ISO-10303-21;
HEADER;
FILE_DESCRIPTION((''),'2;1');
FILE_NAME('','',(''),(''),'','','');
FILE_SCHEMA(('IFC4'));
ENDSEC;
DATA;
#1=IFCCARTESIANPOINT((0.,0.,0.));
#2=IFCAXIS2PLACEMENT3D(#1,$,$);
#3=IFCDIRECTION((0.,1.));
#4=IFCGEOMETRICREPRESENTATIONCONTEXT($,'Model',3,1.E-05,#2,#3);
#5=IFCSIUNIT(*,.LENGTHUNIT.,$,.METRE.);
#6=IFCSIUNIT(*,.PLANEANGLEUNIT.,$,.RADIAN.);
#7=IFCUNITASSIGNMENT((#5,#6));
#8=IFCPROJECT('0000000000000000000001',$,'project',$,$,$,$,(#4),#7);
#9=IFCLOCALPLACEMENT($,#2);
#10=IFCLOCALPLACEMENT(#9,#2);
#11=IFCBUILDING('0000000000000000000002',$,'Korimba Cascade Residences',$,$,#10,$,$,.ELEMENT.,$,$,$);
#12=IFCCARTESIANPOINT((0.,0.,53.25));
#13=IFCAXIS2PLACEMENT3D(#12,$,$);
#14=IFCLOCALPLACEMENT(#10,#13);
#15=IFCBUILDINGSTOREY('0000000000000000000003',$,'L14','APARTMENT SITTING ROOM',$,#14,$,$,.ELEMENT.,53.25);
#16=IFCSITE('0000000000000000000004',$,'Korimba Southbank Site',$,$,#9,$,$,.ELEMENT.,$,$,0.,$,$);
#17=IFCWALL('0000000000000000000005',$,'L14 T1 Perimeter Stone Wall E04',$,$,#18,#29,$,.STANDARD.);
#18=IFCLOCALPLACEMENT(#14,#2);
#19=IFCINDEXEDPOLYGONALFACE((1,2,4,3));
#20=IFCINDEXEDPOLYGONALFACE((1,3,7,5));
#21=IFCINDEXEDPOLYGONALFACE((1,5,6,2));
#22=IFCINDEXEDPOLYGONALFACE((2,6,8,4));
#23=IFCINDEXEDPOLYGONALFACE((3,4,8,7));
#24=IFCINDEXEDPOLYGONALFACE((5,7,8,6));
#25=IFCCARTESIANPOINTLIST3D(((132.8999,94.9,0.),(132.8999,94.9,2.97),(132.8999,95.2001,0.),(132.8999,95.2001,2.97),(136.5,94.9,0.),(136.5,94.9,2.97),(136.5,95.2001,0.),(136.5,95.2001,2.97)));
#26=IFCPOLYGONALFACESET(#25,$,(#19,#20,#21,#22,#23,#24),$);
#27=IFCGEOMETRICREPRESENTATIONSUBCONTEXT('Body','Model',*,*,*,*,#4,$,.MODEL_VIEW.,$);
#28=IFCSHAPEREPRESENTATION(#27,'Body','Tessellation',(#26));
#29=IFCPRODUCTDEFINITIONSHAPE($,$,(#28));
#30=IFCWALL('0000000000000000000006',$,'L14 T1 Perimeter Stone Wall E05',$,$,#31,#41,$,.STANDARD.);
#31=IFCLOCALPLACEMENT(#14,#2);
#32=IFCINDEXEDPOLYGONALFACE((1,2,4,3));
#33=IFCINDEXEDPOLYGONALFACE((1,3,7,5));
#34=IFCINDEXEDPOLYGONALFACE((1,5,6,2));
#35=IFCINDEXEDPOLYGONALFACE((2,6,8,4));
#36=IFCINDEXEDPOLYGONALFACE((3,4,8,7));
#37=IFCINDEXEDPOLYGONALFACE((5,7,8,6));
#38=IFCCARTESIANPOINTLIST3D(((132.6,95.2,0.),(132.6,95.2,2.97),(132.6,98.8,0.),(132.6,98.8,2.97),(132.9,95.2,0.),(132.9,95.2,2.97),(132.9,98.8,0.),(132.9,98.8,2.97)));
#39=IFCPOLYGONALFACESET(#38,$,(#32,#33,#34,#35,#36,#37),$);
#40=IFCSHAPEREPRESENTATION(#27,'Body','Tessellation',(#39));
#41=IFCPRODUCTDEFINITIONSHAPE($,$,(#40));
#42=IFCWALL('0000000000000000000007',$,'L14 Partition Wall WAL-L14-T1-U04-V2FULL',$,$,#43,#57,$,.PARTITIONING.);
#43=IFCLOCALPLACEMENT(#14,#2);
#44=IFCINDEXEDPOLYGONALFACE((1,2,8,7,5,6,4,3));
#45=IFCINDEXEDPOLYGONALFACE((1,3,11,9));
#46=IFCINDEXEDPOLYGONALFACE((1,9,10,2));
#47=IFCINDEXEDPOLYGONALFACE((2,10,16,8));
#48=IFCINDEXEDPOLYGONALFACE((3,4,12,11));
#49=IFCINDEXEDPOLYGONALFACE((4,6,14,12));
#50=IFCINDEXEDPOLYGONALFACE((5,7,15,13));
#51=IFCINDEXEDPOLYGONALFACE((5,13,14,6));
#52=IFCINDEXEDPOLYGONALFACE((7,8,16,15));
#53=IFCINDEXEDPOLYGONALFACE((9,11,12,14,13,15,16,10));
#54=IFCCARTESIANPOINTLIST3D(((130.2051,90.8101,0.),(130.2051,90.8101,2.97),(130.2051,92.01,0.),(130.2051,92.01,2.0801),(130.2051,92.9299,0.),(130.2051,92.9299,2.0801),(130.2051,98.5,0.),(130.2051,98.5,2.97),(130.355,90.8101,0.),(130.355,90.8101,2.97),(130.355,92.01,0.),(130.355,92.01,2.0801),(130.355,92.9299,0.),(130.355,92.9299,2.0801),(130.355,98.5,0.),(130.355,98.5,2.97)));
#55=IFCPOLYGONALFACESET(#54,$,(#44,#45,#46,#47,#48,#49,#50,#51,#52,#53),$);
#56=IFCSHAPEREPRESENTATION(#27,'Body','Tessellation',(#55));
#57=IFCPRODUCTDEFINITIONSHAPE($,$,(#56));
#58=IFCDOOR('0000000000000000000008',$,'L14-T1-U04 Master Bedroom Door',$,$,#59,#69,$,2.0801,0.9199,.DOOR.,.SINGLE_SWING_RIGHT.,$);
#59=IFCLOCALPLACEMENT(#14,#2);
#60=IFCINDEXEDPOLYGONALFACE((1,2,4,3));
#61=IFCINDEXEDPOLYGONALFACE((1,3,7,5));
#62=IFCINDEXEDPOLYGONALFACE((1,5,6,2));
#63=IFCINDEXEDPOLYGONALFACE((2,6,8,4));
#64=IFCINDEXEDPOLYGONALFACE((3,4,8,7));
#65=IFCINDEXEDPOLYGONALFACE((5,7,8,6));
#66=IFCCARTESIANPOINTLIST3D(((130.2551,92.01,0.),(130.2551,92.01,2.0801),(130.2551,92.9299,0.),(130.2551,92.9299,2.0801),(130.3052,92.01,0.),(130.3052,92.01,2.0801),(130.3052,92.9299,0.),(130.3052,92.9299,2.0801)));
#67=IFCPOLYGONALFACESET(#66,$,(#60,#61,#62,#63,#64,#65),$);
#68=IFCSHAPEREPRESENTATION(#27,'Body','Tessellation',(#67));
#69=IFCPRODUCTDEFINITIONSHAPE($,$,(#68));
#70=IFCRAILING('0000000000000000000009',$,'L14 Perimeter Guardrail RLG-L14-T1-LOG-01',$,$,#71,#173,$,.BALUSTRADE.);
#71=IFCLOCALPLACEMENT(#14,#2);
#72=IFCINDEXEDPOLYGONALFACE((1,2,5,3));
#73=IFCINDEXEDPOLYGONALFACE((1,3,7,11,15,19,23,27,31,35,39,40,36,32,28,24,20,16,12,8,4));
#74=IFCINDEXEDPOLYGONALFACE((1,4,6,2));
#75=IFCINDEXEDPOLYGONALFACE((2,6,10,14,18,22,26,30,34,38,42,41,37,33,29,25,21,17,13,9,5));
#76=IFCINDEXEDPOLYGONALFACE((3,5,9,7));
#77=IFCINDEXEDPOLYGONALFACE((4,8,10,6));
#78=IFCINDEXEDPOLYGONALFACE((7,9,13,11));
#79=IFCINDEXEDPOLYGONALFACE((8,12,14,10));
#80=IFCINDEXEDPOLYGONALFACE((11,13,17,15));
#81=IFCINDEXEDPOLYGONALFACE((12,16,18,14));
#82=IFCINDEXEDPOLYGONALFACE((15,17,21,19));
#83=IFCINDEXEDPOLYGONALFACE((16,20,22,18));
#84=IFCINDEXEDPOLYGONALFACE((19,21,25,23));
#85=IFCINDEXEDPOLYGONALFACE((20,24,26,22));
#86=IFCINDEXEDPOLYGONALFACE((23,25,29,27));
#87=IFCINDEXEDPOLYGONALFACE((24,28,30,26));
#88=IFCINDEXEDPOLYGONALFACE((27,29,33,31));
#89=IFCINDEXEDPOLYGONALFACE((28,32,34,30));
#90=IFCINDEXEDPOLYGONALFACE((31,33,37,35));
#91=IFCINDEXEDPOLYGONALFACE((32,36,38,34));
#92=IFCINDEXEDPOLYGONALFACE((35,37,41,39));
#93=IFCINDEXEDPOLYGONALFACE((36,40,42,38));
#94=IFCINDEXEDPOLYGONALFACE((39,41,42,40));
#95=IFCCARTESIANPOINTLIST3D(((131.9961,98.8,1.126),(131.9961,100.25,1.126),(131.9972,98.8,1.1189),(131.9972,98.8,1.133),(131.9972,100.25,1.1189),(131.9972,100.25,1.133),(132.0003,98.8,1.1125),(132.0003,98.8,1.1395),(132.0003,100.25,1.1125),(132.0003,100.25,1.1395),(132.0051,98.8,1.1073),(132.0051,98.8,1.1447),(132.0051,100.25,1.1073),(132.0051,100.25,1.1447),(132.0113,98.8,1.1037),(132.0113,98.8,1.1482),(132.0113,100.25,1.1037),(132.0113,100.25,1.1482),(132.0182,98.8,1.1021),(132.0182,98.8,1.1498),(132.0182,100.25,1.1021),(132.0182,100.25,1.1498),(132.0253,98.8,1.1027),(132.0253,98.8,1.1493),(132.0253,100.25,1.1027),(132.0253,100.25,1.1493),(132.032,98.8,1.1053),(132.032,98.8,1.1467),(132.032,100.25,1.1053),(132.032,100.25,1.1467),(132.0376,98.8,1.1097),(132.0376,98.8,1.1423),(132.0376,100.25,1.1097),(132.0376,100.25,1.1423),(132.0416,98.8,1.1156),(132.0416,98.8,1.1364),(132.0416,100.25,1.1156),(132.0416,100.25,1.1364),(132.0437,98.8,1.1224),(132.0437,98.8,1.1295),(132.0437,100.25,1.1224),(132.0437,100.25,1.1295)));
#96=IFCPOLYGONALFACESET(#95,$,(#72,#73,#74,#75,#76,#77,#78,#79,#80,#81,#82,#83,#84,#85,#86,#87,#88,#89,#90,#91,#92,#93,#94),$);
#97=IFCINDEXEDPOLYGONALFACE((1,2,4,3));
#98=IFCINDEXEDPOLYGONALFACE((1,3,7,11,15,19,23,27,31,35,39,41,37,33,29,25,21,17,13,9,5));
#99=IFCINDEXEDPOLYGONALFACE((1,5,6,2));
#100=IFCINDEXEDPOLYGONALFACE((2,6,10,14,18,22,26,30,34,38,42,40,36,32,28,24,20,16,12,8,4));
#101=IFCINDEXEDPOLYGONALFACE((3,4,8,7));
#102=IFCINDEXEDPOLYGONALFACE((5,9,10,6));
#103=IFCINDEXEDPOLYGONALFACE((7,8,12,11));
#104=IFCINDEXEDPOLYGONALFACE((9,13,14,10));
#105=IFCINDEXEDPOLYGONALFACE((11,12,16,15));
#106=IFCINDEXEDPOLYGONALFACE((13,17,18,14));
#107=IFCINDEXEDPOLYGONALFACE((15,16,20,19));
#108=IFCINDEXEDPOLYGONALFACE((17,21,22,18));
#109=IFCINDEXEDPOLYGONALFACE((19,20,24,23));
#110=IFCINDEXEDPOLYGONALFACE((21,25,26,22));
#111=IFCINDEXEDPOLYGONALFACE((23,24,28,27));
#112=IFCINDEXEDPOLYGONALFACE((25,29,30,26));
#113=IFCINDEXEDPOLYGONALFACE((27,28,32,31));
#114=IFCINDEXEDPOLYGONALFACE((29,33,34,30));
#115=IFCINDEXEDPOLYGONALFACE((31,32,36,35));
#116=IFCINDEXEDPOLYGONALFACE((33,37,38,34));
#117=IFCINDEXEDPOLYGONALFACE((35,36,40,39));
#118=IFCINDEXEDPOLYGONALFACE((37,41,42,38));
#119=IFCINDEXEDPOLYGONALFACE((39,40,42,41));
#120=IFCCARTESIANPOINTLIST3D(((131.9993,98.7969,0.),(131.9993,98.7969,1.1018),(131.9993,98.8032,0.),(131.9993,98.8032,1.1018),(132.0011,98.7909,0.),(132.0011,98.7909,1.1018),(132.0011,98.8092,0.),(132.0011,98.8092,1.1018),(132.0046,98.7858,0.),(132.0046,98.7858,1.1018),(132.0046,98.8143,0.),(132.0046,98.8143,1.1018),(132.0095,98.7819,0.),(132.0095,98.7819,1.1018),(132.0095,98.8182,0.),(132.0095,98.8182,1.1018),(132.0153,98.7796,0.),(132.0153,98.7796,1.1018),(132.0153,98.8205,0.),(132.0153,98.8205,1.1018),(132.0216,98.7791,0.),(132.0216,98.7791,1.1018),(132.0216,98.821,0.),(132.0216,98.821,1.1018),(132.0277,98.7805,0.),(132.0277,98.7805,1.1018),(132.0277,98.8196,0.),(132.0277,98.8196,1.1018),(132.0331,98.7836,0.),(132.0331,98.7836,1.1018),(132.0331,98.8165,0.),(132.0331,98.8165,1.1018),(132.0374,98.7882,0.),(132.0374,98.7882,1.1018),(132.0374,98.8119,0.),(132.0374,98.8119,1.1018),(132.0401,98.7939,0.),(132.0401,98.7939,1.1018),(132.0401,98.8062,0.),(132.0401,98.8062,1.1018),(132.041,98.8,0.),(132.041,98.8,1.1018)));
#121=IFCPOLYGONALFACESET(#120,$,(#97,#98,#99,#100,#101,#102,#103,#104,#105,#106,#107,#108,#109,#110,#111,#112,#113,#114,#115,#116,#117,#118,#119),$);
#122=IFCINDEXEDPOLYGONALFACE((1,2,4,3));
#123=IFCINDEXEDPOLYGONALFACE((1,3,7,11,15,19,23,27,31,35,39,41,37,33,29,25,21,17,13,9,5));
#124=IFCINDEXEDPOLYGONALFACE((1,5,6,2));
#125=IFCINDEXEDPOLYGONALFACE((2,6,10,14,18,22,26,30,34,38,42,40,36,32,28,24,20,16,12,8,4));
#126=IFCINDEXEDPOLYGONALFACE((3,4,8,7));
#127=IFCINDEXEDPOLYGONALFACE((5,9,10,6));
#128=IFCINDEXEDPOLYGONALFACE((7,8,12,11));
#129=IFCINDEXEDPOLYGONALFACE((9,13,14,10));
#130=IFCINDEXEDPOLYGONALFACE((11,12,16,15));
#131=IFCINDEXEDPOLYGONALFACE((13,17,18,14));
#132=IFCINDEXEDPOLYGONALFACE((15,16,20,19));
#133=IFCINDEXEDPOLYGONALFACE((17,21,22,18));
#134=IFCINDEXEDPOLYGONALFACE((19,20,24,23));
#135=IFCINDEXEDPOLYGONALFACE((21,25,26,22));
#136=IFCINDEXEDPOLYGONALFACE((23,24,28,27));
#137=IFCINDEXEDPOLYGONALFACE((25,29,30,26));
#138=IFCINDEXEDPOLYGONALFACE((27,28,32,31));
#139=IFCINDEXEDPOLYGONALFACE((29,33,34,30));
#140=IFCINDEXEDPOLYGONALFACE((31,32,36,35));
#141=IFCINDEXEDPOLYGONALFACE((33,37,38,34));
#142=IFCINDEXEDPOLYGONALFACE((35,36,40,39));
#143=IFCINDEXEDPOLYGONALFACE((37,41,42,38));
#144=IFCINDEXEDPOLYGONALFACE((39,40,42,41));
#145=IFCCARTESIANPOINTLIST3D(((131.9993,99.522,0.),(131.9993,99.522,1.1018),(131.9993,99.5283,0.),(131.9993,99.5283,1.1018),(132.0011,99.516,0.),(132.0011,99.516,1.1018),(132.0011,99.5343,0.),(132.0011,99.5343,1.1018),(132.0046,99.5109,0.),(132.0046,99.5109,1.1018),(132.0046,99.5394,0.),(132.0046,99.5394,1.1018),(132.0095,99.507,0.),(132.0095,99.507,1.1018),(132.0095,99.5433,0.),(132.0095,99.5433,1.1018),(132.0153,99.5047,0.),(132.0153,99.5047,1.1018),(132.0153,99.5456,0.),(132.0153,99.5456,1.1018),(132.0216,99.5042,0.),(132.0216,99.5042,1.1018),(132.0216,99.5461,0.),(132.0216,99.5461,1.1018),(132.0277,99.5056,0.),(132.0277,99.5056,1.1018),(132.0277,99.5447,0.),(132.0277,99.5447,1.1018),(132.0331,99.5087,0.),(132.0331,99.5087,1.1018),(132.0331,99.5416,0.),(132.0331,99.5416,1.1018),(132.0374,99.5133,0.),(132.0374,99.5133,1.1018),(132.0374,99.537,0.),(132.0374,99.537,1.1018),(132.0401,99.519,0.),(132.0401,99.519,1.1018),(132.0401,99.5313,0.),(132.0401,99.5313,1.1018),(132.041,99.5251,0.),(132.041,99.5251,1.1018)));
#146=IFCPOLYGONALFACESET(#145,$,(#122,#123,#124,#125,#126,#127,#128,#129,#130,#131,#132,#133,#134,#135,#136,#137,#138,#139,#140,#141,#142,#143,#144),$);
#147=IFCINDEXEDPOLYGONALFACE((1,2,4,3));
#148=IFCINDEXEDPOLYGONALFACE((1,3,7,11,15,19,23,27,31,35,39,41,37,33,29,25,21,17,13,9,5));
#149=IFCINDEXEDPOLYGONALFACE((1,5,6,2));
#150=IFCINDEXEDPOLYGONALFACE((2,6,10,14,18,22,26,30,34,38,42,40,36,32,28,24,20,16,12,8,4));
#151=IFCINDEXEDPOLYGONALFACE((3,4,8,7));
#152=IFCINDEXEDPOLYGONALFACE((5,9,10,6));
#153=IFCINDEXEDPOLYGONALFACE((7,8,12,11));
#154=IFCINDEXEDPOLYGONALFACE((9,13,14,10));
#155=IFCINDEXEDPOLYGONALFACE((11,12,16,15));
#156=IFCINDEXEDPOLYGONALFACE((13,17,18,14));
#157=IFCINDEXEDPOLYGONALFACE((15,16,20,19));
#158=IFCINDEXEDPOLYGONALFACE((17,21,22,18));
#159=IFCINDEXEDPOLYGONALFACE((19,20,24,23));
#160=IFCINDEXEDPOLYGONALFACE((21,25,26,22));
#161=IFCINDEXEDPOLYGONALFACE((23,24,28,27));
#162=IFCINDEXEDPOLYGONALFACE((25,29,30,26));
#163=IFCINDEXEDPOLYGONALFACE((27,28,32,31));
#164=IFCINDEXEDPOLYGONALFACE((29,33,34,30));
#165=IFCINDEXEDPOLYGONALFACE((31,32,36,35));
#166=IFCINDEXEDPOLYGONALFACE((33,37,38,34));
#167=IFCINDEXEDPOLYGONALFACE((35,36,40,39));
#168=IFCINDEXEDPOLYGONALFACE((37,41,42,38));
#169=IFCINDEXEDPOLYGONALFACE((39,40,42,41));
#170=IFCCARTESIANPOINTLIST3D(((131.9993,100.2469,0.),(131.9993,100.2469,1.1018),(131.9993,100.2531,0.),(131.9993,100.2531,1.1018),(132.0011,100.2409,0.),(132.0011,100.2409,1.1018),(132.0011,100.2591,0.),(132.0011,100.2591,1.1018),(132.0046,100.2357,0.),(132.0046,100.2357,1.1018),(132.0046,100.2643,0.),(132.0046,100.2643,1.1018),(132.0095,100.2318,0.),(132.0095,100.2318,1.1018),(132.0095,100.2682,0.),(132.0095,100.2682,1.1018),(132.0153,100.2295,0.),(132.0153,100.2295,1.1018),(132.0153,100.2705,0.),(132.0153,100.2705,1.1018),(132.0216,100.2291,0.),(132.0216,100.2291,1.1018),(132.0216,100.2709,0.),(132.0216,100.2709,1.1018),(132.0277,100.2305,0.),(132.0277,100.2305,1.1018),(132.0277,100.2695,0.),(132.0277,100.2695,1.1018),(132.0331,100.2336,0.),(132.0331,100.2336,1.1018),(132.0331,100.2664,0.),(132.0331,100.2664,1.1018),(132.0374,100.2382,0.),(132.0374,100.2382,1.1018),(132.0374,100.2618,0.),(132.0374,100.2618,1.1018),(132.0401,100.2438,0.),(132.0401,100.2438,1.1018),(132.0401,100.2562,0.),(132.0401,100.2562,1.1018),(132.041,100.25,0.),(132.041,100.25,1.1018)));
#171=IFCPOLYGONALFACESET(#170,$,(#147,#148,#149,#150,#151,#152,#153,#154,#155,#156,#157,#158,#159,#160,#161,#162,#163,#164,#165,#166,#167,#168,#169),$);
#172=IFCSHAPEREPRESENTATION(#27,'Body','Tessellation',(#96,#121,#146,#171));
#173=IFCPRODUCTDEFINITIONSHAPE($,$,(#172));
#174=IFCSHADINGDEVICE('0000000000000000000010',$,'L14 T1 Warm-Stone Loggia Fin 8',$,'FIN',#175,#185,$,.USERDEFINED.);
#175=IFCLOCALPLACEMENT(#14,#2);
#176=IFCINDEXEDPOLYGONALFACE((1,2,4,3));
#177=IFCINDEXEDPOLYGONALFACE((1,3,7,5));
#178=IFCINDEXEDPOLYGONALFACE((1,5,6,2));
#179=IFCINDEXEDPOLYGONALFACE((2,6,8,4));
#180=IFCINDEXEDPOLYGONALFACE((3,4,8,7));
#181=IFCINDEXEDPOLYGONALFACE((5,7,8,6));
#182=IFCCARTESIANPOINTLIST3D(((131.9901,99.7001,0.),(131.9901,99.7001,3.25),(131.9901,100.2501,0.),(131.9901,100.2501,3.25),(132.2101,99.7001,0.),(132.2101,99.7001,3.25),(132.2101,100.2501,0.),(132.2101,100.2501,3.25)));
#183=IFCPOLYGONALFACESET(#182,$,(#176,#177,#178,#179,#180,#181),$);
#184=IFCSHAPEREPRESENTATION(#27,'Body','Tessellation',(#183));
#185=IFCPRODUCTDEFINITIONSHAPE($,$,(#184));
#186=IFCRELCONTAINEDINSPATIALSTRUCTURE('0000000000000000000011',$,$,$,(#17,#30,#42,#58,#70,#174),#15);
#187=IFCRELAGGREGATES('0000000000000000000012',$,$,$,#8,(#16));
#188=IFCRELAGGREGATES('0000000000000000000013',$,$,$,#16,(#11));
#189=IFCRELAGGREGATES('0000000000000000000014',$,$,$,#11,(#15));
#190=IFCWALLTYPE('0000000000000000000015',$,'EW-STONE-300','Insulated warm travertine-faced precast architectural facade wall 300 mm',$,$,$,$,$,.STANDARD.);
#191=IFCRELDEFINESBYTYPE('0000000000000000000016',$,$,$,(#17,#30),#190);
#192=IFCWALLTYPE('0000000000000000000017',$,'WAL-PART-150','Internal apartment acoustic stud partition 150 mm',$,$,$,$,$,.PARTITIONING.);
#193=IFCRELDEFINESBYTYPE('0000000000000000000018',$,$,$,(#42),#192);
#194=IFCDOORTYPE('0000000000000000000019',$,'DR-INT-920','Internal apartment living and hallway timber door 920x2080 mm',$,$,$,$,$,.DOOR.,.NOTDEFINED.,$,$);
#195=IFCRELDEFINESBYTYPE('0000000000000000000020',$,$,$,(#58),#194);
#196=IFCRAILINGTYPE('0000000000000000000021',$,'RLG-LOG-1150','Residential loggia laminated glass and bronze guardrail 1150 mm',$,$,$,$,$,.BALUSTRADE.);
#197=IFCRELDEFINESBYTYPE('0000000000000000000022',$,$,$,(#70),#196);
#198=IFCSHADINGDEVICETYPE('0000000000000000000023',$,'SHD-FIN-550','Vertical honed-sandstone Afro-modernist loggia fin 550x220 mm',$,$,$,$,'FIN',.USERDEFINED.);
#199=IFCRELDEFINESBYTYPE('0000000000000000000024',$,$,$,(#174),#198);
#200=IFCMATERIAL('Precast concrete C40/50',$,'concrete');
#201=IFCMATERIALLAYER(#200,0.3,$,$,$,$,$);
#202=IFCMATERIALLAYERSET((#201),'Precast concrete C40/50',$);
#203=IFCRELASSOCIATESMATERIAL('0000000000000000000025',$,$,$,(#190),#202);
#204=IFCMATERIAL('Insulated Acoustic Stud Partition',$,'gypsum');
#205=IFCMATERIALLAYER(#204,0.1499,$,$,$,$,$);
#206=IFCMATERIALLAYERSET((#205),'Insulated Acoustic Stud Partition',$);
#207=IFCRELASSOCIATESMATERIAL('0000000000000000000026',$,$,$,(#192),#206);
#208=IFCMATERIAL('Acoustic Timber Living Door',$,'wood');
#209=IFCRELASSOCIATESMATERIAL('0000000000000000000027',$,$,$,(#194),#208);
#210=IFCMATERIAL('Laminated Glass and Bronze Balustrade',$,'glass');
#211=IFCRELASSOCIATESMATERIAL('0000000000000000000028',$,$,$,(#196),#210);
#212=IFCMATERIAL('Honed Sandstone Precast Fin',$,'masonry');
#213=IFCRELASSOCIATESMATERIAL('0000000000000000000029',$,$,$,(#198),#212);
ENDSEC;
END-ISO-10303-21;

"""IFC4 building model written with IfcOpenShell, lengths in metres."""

from ifc_helpers import new_model, si_unit, direction, frame, frame_2d, origin, origin_2d, place, context, subcontext, project, spatial, rectangle, circle, extrude, material, layer, layer_set, type_object, element, fill, save


model = new_model("IFC4")

# Units and contexts
model_context = context("Model", 3, precision=1e-05, world=origin(), true_north=direction((0.0, 1.0)))
body_context = subcontext(model_context, "Body", "Model", "MODEL_VIEW")
ifc_project = project(units=[si_unit("LENGTHUNIT", "METRE"), si_unit("PLANEANGLEUNIT", "RADIAN")], contexts=[model_context])

# Site, building, storey
site_placement = place(None, origin())
site = spatial("IfcSite", under=ifc_project, at=site_placement, Name="Korimba Southbank Site", CompositionType="ELEMENT", RefElevation=0.0)
building_placement = place(site_placement, origin())
building = spatial("IfcBuilding", under=site, at=building_placement, Name="Korimba Cascade Residences", CompositionType="ELEMENT")
storey_placement = place(building_placement, frame((0.0, 0.0, 53.25)))
storey = spatial("IfcBuildingStorey", under=building, at=storey_placement, Name="L14", Description="APARTMENT SITTING ROOM", CompositionType="ELEMENT", Elevation=53.25)

# Shared definitions
ifc_material_1 = material(Name="Precast concrete C40/50", Category="concrete")

# Walls
ifc_layer_1 = layer(ifc_material_1, 0.3)
ifc_layer_set_1 = layer_set([ifc_layer_1], Name="Precast concrete C40/50")
wall_type_1 = type_object("IfcWallType", Name="EW-STONE-300", Description="Insulated warm travertine-faced precast architectural facade wall 300 mm", PredefinedType="STANDARD", material=ifc_layer_set_1)
for number, where, z_axis, x_axis, name in (
    (1, (136.5, 95.05, 0.0), (0.0, 0.0, 1.0), (-1.0, 0.0, 0.0), "L14 T1 Perimeter Stone Wall E04"),
    (2, (132.75, 95.2, 0.0), (0.0, 0.0, 1.0), (0.0, 1.0, 0.0), "L14 T1 Perimeter Stone Wall E05"),
):
    element("IfcWall", number, at=place(storey_placement, frame(where, z_axis=z_axis, x_axis=x_axis)), inside=storey, type_object=wall_type_1, Name=name, PredefinedType="STANDARD", context=body_context, shape_type="SweptSolid", body=[
        extrude(rectangle(XDim=3.6001, YDim=0.3, at=frame_2d((1.8, 0.0))), origin(), (0.0, 0.0, 1.0), 2.97),
    ])

# Wall, opening, door
ifc_material_2 = material(Name="Insulated Acoustic Stud Partition", Category="gypsum")
ifc_layer_2 = layer(ifc_material_2, 0.1499)
ifc_layer_set_2 = layer_set([ifc_layer_2], Name="Insulated Acoustic Stud Partition")
wall_type_2 = type_object("IfcWallType", Name="WAL-PART-150", Description="Internal apartment acoustic stud partition 150 mm", PredefinedType="PARTITIONING", material=ifc_layer_set_2)
wall_1_placement = place(storey_placement, frame((130.28, 90.8101, 0.0), z_axis=(0.0, 0.0, 1.0), x_axis=(0.0, 1.0, 0.0)))
wall_1 = element("IfcWall", 3, at=wall_1_placement, inside=storey, type_object=wall_type_2, Name="L14 Partition Wall WAL-L14-T1-U04-V2FULL", PredefinedType="PARTITIONING", context=body_context, shape_type="SweptSolid", body=[
    extrude(rectangle(XDim=7.6899, YDim=0.1499, at=frame_2d((3.845, 0.0))), origin(), (0.0, 0.0, 1.0), 2.97),
])
opening_1_placement = place(wall_1_placement, frame((1.2, 0.0, 0.0)))
opening_1 = element("IfcOpeningElement", 4, at=opening_1_placement, cuts=wall_1, PredefinedType="OPENING", context=body_context, shape_type="SweptSolid", body=[
    extrude(rectangle(XDim=0.9199, YDim=2.0801, at=frame_2d((0.46, 1.04))), frame((0.0, 0.085, 0.0), z_axis=(0.0, -1.0, 0.0), x_axis=(1.0, 0.0, 0.0)), (0.0, 0.0, 1.0), 0.1699),
])
ifc_material_3 = material(Name="Acoustic Timber Living Door", Category="wood")
door_type_1 = type_object("IfcDoorType", Name="DR-INT-920", Description="Internal apartment living and hallway timber door 920x2080 mm", OperationType="NOTDEFINED", PredefinedType="DOOR", material=ifc_material_3)
door_1_placement = place(opening_1_placement, origin())
door_1 = element("IfcDoor", 5, at=door_1_placement, inside=storey, type_object=door_type_1, Name="L14-T1-U04 Master Bedroom Door", OperationType="SINGLE_SWING_RIGHT", OverallHeight=2.0801, OverallWidth=0.9199, PredefinedType="DOOR", context=body_context, shape_type="SweptSolid", body=[
    extrude(rectangle(XDim=0.9199, YDim=2.0801, at=frame_2d((0.46, 1.04))), frame((0.0, 0.0249, 0.0), z_axis=(0.0, -1.0, 0.0), x_axis=(1.0, 0.0, 0.0)), (0.0, 0.0, 1.0), 0.05),
])
fill(opening_1, door_1)

# Railing
ifc_material_4 = material(Name="Laminated Glass and Bronze Balustrade", Category="glass")
railing_type = type_object("IfcRailingType", Name="RLG-LOG-1150", Description="Residential loggia laminated glass and bronze guardrail 1150 mm", PredefinedType="BALUSTRADE", material=ifc_material_4)
railing_1_placement = place(storey_placement, frame((132.02, 98.8, 0.0)))
element("IfcRailing", 6, at=railing_1_placement, inside=storey, type_object=railing_type, Name="L14 Perimeter Guardrail RLG-L14-T1-LOG-01", PredefinedType="BALUSTRADE", context=body_context, shape_type="SweptSolid", body=[
    extrude(circle(Radius=0.0239, at=origin_2d()), frame((0.0, 0.0, 1.126), z_axis=(0.0, 1.0, 0.0), x_axis=(-1.0, 0.0, 0.0)), (0.0, 0.0, 1.0), 1.45),
    extrude(circle(Radius=0.021, at=origin_2d()), origin(), (0.0, 0.0, 1.0), 1.1018),
    extrude(circle(Radius=0.021, at=origin_2d()), frame((0.0, 0.7251, 0.0)), (0.0, 0.0, 1.0), 1.1018),
    extrude(circle(Radius=0.021, at=origin_2d()), frame((0.0, 1.45, 0.0)), (0.0, 0.0, 1.0), 1.1018),
])

# Shading device
ifc_material_5 = material(Name="Honed Sandstone Precast Fin", Category="masonry")
shading_device_type = type_object("IfcShadingDeviceType", Name="SHD-FIN-550", Description="Vertical honed-sandstone Afro-modernist loggia fin 550x220 mm", ElementType="FIN", PredefinedType="USERDEFINED", material=ifc_material_5)
shading_device_placement = place(storey_placement, frame((132.1001, 99.9751, 0.0), z_axis=(0.0, 0.0, 1.0), x_axis=(1.0, 0.0, 0.0)))
element("IfcShadingDevice", 7, at=shading_device_placement, inside=storey, type_object=shading_device_type, Name="L14 T1 Warm-Stone Loggia Fin 8", ObjectType="FIN", PredefinedType="USERDEFINED", context=body_context, shape_type="SweptSolid", body=[
    extrude(rectangle(XDim=0.22, YDim=0.55, at=origin_2d()), origin(), (0.0, 0.0, 1.0), 3.25),
])

save(model, "model.ifc")
